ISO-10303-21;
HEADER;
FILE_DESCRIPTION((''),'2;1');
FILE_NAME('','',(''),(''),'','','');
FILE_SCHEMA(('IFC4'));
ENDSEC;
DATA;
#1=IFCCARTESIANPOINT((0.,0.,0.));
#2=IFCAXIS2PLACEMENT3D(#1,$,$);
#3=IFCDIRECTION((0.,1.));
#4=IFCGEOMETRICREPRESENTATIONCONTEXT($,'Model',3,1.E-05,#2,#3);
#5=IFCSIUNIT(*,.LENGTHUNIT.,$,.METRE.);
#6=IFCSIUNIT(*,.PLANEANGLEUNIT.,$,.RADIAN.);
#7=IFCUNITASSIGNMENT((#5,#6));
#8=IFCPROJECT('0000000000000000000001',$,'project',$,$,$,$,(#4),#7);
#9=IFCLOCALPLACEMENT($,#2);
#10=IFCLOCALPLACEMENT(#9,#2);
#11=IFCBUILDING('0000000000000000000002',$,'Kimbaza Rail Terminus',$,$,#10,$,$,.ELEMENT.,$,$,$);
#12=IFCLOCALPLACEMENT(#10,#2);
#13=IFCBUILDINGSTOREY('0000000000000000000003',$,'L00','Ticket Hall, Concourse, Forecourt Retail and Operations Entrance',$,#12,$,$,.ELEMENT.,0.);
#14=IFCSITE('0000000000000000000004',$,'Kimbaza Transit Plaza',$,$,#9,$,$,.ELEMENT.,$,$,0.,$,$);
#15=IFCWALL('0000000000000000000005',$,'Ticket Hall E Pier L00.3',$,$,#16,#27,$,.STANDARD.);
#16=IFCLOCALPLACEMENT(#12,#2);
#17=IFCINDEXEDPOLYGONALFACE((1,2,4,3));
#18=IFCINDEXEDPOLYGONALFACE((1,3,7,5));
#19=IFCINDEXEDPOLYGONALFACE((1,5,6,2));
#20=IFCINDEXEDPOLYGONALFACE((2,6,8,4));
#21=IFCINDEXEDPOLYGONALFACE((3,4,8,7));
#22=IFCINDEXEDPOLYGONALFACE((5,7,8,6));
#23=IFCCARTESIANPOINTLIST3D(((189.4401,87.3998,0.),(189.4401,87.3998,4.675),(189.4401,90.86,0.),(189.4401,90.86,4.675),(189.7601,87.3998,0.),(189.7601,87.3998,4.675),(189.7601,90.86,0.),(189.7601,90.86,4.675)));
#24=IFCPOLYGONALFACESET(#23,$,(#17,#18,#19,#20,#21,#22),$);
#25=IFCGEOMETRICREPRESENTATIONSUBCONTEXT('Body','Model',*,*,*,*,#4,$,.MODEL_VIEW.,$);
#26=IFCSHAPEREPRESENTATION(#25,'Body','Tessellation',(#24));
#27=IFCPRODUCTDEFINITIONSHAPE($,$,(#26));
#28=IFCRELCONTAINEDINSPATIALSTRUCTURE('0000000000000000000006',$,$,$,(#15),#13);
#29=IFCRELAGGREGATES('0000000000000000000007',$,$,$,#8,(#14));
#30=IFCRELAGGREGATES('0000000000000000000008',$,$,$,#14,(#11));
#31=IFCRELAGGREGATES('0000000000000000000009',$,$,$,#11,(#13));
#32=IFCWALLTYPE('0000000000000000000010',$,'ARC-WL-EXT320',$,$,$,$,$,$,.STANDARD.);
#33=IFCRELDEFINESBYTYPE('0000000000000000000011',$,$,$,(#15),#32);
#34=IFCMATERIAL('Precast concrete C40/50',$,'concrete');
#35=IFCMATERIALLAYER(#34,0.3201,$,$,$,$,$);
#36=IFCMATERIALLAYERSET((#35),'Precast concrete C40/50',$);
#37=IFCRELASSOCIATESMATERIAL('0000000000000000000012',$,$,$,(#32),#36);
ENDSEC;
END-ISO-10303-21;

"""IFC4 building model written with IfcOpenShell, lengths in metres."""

from ifc_helpers import new_model, si_unit, direction, frame, frame_2d, origin, place, context, subcontext, project, spatial, rectangle, extrude, material, layer, layer_set, type_object, element, save


model = new_model("IFC4")

# Units and contexts
model_context = context("Model", 3, precision=1e-05, world=origin(), true_north=direction((0.0, 1.0)))
body_context = subcontext(model_context, "Body", "Model", "MODEL_VIEW")
ifc_project = project(units=[si_unit("LENGTHUNIT", "METRE"), si_unit("PLANEANGLEUNIT", "RADIAN")], contexts=[model_context])

# Site, building, storey
site_placement = place(None, origin())
site = spatial("IfcSite", under=ifc_project, at=site_placement, Name="Kimbaza Transit Plaza", CompositionType="ELEMENT", RefElevation=0.0)
building_placement = place(site_placement, origin())
building = spatial("IfcBuilding", under=site, at=building_placement, Name="Kimbaza Rail Terminus", CompositionType="ELEMENT")
storey_placement = place(building_placement, origin())
storey = spatial("IfcBuildingStorey", under=building, at=storey_placement, Name="L00", Description="Ticket Hall, Concourse, Forecourt Retail and Operations Entrance", CompositionType="ELEMENT", Elevation=0.0)

# Shared definitions
ifc_material_1 = material(Name="Precast concrete C40/50", Category="concrete")
ifc_layer_1 = layer(ifc_material_1, 0.3201)
ifc_layer_set_1 = layer_set([ifc_layer_1], Name="Precast concrete C40/50")
wall_type = type_object("IfcWallType", Name="ARC-WL-EXT320", PredefinedType="STANDARD", material=ifc_layer_set_1)

# Wall
wall_1_placement = place(storey_placement, frame((189.6001, 87.3999, 0.0), z_axis=(0.0, 0.0, 1.0), x_axis=(0.0, 1.0, 0.0)))
element("IfcWall", 1, at=wall_1_placement, inside=storey, type_object=wall_type, Name="Ticket Hall E Pier L00.3", PredefinedType="STANDARD", context=body_context, shape_type="SweptSolid", body=[
    extrude(rectangle(XDim=3.4602, YDim=0.3201, at=frame_2d((1.73, 0.0))), origin(), (0.0, 0.0, 1.0), 4.675),
])

save(model, "model.ifc")
